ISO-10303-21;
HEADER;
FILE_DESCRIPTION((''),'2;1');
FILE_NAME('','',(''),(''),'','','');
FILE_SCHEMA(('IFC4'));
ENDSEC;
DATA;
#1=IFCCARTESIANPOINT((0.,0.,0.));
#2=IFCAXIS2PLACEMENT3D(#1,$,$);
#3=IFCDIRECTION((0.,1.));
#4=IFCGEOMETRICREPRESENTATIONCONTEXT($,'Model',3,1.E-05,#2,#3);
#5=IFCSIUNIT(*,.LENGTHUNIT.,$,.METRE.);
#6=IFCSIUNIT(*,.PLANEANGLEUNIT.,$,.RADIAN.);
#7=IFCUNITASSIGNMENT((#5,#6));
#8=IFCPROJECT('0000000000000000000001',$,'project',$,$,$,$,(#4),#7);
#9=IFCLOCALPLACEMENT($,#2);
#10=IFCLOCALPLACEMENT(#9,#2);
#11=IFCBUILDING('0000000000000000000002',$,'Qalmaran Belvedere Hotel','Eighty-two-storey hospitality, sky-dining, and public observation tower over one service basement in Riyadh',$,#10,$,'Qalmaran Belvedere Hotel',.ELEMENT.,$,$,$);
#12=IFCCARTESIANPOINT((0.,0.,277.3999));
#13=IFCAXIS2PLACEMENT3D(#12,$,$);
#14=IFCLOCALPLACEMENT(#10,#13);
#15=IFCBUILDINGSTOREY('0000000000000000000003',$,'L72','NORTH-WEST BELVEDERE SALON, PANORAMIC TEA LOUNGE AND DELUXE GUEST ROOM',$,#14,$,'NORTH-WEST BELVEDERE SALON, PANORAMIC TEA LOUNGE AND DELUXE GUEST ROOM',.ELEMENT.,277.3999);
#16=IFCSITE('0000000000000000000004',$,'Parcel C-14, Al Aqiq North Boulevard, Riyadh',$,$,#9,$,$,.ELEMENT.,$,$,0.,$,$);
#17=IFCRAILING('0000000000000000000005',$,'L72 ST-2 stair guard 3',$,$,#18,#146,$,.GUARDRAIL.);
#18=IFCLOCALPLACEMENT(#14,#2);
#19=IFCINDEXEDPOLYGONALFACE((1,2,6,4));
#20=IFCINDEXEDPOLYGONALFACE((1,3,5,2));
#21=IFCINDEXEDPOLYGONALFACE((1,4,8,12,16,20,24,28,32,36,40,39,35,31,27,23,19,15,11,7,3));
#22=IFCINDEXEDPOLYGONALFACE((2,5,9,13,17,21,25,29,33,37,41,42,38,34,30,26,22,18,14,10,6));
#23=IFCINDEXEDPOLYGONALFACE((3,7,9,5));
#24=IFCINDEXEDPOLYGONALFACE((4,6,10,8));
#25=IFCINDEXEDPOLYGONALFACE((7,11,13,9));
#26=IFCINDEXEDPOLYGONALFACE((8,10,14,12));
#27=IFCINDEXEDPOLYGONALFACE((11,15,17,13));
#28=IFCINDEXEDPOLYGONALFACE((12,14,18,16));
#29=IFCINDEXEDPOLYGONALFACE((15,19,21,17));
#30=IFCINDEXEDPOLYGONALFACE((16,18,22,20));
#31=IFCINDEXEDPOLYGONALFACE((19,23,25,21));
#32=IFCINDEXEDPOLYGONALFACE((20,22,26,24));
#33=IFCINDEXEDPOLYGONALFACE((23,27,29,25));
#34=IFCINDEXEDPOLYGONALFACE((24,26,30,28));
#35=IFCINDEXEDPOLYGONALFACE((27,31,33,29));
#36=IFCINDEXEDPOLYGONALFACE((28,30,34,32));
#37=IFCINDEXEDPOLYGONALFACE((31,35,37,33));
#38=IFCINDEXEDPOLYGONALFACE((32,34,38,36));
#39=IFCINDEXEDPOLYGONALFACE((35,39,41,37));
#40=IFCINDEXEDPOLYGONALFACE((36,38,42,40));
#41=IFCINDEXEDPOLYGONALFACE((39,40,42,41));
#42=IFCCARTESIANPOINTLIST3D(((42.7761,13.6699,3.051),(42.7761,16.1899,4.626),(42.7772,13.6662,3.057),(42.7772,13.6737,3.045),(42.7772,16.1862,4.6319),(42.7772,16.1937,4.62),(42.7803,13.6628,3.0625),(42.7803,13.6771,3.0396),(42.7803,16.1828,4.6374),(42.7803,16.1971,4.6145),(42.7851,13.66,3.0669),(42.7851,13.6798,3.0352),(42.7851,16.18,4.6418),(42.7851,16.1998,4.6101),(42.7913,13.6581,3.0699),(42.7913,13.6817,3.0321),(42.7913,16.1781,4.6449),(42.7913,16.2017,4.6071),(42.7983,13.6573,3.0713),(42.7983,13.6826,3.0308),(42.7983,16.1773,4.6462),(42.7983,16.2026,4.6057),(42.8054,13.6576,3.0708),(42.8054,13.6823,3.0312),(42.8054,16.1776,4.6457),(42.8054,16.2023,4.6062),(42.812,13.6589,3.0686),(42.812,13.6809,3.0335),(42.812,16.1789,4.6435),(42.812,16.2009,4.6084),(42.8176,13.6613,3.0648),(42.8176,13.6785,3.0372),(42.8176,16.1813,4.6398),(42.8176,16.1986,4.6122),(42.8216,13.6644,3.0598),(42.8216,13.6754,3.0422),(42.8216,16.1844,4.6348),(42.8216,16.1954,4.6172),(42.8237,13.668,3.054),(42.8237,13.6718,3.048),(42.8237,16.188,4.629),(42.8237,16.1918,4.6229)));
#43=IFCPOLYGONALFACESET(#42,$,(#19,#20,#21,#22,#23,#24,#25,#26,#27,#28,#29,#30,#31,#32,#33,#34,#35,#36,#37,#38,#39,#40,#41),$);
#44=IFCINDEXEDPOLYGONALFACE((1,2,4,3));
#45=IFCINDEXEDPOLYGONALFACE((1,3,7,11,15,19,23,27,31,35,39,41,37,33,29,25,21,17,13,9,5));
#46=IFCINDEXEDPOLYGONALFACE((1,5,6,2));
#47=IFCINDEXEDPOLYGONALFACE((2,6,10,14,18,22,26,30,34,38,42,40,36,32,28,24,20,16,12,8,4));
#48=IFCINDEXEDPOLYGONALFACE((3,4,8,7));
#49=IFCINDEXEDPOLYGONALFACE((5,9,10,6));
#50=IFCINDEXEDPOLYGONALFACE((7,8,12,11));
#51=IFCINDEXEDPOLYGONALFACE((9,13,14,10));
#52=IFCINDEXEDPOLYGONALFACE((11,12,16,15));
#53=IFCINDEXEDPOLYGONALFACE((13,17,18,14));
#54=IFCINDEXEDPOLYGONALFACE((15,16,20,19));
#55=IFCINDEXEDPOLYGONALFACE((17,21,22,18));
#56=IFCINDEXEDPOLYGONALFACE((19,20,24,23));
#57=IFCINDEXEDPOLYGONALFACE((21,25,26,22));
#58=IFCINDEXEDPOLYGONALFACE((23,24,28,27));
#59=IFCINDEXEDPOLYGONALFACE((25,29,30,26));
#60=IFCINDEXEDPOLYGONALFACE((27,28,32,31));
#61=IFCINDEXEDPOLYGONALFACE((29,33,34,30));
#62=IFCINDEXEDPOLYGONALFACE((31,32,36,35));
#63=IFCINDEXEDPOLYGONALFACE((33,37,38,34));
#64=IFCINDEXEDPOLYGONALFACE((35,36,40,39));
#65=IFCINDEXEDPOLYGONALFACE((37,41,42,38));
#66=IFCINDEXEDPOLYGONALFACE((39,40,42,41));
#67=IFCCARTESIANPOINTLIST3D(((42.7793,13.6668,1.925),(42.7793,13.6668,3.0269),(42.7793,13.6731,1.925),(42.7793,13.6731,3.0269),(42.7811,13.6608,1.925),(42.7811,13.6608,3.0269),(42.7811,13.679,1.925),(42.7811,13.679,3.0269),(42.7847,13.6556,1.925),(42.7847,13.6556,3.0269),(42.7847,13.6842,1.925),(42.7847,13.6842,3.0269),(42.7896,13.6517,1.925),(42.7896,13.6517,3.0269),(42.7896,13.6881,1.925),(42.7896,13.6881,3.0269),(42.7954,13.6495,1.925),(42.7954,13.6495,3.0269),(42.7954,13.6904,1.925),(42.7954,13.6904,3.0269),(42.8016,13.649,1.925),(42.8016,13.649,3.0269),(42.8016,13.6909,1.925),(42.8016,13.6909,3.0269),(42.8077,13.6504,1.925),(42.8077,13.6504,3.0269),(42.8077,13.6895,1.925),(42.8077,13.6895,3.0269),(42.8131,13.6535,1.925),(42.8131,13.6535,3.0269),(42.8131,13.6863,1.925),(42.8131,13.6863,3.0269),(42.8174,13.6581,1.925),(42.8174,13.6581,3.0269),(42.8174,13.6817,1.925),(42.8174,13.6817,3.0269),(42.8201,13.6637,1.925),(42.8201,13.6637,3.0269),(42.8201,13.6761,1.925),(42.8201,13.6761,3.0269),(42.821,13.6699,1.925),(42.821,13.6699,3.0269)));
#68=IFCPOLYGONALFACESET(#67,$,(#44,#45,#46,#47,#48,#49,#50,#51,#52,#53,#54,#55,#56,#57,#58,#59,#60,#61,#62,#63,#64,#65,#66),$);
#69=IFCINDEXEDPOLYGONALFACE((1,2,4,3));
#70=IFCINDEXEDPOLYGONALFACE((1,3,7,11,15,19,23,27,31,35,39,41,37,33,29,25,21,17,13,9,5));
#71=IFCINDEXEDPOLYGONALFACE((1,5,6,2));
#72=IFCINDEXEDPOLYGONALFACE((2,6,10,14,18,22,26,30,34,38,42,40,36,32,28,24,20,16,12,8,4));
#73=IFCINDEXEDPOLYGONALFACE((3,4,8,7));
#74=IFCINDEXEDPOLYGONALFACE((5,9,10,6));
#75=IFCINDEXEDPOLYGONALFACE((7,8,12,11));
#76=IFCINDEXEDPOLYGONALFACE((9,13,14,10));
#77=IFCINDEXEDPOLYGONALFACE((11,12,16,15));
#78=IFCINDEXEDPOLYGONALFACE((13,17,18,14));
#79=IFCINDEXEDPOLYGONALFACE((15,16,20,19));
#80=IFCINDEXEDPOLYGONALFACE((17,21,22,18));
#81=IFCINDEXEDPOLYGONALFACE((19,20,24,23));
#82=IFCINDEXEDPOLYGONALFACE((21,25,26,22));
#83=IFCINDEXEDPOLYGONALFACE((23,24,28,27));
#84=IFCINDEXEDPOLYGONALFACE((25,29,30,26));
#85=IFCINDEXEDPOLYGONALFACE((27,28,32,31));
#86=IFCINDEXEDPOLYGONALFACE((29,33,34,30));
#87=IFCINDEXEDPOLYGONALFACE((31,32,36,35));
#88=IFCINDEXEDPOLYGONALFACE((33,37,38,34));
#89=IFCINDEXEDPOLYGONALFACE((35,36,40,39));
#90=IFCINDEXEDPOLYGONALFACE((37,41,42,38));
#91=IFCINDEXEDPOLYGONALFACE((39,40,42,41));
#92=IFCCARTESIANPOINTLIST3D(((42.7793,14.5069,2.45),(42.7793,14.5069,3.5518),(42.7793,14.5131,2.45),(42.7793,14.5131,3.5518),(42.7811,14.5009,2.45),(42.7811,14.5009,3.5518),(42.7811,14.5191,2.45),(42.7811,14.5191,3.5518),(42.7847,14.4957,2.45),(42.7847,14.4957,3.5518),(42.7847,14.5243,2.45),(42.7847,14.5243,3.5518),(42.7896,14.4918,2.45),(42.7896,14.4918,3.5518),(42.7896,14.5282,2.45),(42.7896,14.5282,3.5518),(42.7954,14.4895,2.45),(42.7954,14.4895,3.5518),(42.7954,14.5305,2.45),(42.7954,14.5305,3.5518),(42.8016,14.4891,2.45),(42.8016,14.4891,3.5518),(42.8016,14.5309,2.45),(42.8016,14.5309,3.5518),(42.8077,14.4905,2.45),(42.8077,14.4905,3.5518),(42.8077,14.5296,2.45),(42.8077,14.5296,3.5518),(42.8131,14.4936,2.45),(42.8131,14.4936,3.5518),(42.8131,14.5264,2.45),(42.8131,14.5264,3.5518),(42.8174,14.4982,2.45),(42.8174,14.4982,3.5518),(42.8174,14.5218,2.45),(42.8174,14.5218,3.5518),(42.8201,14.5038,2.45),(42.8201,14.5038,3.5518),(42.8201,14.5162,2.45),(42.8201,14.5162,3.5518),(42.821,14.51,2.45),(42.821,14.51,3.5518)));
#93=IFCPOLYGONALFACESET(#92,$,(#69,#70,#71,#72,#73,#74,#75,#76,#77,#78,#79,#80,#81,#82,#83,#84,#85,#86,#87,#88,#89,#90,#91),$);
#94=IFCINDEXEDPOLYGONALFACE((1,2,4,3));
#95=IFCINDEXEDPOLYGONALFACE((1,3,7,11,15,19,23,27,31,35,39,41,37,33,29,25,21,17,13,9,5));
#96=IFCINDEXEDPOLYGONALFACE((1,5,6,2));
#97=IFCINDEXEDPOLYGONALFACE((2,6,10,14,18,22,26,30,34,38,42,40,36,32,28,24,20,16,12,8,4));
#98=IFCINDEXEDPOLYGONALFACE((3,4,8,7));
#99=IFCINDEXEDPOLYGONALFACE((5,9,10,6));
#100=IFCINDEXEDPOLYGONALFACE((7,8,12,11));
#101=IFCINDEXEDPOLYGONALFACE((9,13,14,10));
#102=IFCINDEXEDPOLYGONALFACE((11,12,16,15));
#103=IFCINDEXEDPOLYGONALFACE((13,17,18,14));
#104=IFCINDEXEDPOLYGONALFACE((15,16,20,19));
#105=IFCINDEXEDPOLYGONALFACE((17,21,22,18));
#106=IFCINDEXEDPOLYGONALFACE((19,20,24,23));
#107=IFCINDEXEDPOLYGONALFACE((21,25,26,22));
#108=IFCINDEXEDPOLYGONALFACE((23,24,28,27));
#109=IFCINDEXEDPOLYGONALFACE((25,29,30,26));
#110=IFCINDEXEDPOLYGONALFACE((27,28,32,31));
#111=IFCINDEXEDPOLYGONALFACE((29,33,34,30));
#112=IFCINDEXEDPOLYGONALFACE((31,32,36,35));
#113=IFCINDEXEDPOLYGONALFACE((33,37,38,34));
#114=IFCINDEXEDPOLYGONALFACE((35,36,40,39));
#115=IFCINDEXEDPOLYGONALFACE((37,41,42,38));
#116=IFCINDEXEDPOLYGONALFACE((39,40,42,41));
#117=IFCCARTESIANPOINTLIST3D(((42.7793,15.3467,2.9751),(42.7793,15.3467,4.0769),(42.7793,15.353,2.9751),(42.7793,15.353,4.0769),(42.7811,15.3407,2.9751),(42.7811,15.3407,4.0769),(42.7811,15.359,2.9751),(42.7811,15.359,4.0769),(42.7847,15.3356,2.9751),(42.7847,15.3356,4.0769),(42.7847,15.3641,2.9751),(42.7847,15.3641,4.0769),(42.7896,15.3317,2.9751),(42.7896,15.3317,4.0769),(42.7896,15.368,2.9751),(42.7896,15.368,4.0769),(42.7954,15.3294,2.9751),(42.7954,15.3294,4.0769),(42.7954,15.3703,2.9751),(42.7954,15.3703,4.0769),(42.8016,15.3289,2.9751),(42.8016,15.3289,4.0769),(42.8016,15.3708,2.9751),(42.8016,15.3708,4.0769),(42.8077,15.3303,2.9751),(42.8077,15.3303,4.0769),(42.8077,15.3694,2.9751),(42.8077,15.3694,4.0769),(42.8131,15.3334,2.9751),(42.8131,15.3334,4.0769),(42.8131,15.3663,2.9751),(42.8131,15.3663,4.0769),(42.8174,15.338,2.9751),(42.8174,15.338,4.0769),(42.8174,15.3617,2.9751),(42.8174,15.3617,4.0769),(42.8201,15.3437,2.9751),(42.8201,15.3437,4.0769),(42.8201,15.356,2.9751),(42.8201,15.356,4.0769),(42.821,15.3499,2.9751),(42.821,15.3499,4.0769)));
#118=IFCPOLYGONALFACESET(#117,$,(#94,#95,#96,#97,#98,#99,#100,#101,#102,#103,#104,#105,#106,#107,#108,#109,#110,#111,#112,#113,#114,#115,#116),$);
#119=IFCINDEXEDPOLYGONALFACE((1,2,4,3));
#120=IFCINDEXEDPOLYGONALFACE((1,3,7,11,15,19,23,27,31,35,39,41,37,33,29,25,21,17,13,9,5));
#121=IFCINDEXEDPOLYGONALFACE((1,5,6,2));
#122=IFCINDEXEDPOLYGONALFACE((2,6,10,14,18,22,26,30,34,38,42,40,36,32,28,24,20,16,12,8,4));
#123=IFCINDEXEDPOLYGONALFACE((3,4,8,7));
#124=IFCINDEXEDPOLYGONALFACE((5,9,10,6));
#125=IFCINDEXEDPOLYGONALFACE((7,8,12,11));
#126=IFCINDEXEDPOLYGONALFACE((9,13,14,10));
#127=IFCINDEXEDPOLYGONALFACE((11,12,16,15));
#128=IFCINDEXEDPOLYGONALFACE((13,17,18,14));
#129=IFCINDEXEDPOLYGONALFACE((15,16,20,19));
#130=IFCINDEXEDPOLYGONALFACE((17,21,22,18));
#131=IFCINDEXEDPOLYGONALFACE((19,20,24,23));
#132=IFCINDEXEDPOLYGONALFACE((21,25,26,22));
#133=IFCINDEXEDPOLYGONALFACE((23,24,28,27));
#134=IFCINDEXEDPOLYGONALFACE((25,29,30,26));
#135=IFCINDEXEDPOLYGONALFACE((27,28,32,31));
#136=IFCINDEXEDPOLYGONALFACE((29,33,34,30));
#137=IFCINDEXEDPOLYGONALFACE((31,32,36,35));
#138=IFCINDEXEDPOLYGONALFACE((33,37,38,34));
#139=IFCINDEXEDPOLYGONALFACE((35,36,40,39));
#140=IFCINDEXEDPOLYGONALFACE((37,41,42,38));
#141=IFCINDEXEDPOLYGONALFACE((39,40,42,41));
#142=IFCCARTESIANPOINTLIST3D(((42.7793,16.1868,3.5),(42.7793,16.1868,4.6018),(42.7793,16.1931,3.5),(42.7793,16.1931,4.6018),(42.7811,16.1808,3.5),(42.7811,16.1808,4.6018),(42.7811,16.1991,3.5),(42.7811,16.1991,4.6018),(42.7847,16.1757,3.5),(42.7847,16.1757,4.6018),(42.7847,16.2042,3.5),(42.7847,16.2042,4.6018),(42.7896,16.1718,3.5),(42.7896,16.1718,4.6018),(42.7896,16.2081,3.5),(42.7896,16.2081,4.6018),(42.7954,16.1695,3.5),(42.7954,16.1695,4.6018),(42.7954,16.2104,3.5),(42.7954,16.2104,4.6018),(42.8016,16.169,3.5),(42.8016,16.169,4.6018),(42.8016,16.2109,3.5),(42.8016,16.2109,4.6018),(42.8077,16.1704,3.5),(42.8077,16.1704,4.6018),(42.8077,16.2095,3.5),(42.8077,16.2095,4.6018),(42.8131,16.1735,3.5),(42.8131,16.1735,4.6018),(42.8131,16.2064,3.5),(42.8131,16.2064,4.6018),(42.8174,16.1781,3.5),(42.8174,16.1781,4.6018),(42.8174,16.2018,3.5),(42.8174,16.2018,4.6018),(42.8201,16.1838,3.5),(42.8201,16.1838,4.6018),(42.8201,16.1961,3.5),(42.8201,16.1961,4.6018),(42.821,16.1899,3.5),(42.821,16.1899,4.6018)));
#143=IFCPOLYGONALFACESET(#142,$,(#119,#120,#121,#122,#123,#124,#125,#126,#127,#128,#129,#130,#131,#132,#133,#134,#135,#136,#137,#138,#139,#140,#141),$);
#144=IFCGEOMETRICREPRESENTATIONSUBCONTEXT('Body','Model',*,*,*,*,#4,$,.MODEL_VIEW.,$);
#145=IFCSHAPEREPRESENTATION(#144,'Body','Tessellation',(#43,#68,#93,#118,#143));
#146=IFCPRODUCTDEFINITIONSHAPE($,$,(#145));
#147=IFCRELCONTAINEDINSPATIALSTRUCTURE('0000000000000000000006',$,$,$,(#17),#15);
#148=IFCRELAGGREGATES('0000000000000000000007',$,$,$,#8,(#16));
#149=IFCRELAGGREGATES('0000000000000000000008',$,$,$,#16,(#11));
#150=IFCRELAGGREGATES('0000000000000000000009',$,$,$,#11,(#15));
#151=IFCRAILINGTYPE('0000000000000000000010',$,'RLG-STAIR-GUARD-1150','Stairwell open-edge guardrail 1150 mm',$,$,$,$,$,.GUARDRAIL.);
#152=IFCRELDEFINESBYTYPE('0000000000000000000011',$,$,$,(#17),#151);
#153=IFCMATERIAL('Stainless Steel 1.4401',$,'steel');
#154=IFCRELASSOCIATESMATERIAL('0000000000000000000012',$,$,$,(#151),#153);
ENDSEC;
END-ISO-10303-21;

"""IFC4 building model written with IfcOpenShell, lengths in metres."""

from ifc_helpers import new_model, si_unit, direction, frame, origin, origin_2d, place, context, subcontext, project, spatial, circle, extrude, material, type_object, element, save


model = new_model("IFC4")

# Units and contexts
model_context = context("Model", 3, precision=1e-05, world=origin(), true_north=direction((0.0, 1.0)))
body_context = subcontext(model_context, "Body", "Model", "MODEL_VIEW")
ifc_project = project(units=[si_unit("LENGTHUNIT", "METRE"), si_unit("PLANEANGLEUNIT", "RADIAN")], contexts=[model_context])

# Site, building, storey
site_placement = place(None, origin())
site = spatial("IfcSite", under=ifc_project, at=site_placement, Name="Parcel C-14, Al Aqiq North Boulevard, Riyadh", CompositionType="ELEMENT", RefElevation=0.0)
building_placement = place(site_placement, origin())
building = spatial("IfcBuilding", under=site, at=building_placement, Name="Qalmaran Belvedere Hotel", Description="Eighty-two-storey hospitality, sky-dining, and public observation tower over one service basement in Riyadh", LongName="Qalmaran Belvedere Hotel", CompositionType="ELEMENT")
storey_placement = place(building_placement, frame((0.0, 0.0, 277.3999)))
storey = spatial("IfcBuildingStorey", under=building, at=storey_placement, Name="L72", Description="NORTH-WEST BELVEDERE SALON, PANORAMIC TEA LOUNGE AND DELUXE GUEST ROOM", LongName="NORTH-WEST BELVEDERE SALON, PANORAMIC TEA LOUNGE AND DELUXE GUEST ROOM", CompositionType="ELEMENT", Elevation=277.3999)

# Railing
ifc_material_1 = material(Name="Stainless Steel 1.4401", Category="steel")
railing_type_1 = type_object("IfcRailingType", Name="RLG-STAIR-GUARD-1150", Description="Stairwell open-edge guardrail 1150 mm", PredefinedType="GUARDRAIL", material=ifc_material_1)
railing_1_placement = place(storey_placement, frame((42.8, 13.6699, 1.925)))
element("IfcRailing", 1, at=railing_1_placement, inside=storey, type_object=railing_type_1, Name="L72 ST-2 stair guard 3", PredefinedType="GUARDRAIL", context=body_context, shape_type="SweptSolid", body=[
    extrude(circle(Radius=0.0239, at=origin_2d()), frame((0.0, 0.0, 1.126), z_axis=(0.0, 0.848008, 0.529984), x_axis=(-1.0, 0.0, 0.0)), (0.0, 0.0, 1.0), 2.9717),
    extrude(circle(Radius=0.021, at=origin_2d()), origin(), (0.0, 0.0, 1.0), 1.1018),
    extrude(circle(Radius=0.021, at=origin_2d()), frame((0.0, 0.8401, 0.5249)), (0.0, 0.0, 1.0), 1.1018),
    extrude(circle(Radius=0.021, at=origin_2d()), frame((0.0, 1.6799, 1.05)), (0.0, 0.0, 1.0), 1.1018),
    extrude(circle(Radius=0.021, at=origin_2d()), frame((0.0, 2.52, 1.575)), (0.0, 0.0, 1.0), 1.1018),
])

save(model, "model.ifc")
